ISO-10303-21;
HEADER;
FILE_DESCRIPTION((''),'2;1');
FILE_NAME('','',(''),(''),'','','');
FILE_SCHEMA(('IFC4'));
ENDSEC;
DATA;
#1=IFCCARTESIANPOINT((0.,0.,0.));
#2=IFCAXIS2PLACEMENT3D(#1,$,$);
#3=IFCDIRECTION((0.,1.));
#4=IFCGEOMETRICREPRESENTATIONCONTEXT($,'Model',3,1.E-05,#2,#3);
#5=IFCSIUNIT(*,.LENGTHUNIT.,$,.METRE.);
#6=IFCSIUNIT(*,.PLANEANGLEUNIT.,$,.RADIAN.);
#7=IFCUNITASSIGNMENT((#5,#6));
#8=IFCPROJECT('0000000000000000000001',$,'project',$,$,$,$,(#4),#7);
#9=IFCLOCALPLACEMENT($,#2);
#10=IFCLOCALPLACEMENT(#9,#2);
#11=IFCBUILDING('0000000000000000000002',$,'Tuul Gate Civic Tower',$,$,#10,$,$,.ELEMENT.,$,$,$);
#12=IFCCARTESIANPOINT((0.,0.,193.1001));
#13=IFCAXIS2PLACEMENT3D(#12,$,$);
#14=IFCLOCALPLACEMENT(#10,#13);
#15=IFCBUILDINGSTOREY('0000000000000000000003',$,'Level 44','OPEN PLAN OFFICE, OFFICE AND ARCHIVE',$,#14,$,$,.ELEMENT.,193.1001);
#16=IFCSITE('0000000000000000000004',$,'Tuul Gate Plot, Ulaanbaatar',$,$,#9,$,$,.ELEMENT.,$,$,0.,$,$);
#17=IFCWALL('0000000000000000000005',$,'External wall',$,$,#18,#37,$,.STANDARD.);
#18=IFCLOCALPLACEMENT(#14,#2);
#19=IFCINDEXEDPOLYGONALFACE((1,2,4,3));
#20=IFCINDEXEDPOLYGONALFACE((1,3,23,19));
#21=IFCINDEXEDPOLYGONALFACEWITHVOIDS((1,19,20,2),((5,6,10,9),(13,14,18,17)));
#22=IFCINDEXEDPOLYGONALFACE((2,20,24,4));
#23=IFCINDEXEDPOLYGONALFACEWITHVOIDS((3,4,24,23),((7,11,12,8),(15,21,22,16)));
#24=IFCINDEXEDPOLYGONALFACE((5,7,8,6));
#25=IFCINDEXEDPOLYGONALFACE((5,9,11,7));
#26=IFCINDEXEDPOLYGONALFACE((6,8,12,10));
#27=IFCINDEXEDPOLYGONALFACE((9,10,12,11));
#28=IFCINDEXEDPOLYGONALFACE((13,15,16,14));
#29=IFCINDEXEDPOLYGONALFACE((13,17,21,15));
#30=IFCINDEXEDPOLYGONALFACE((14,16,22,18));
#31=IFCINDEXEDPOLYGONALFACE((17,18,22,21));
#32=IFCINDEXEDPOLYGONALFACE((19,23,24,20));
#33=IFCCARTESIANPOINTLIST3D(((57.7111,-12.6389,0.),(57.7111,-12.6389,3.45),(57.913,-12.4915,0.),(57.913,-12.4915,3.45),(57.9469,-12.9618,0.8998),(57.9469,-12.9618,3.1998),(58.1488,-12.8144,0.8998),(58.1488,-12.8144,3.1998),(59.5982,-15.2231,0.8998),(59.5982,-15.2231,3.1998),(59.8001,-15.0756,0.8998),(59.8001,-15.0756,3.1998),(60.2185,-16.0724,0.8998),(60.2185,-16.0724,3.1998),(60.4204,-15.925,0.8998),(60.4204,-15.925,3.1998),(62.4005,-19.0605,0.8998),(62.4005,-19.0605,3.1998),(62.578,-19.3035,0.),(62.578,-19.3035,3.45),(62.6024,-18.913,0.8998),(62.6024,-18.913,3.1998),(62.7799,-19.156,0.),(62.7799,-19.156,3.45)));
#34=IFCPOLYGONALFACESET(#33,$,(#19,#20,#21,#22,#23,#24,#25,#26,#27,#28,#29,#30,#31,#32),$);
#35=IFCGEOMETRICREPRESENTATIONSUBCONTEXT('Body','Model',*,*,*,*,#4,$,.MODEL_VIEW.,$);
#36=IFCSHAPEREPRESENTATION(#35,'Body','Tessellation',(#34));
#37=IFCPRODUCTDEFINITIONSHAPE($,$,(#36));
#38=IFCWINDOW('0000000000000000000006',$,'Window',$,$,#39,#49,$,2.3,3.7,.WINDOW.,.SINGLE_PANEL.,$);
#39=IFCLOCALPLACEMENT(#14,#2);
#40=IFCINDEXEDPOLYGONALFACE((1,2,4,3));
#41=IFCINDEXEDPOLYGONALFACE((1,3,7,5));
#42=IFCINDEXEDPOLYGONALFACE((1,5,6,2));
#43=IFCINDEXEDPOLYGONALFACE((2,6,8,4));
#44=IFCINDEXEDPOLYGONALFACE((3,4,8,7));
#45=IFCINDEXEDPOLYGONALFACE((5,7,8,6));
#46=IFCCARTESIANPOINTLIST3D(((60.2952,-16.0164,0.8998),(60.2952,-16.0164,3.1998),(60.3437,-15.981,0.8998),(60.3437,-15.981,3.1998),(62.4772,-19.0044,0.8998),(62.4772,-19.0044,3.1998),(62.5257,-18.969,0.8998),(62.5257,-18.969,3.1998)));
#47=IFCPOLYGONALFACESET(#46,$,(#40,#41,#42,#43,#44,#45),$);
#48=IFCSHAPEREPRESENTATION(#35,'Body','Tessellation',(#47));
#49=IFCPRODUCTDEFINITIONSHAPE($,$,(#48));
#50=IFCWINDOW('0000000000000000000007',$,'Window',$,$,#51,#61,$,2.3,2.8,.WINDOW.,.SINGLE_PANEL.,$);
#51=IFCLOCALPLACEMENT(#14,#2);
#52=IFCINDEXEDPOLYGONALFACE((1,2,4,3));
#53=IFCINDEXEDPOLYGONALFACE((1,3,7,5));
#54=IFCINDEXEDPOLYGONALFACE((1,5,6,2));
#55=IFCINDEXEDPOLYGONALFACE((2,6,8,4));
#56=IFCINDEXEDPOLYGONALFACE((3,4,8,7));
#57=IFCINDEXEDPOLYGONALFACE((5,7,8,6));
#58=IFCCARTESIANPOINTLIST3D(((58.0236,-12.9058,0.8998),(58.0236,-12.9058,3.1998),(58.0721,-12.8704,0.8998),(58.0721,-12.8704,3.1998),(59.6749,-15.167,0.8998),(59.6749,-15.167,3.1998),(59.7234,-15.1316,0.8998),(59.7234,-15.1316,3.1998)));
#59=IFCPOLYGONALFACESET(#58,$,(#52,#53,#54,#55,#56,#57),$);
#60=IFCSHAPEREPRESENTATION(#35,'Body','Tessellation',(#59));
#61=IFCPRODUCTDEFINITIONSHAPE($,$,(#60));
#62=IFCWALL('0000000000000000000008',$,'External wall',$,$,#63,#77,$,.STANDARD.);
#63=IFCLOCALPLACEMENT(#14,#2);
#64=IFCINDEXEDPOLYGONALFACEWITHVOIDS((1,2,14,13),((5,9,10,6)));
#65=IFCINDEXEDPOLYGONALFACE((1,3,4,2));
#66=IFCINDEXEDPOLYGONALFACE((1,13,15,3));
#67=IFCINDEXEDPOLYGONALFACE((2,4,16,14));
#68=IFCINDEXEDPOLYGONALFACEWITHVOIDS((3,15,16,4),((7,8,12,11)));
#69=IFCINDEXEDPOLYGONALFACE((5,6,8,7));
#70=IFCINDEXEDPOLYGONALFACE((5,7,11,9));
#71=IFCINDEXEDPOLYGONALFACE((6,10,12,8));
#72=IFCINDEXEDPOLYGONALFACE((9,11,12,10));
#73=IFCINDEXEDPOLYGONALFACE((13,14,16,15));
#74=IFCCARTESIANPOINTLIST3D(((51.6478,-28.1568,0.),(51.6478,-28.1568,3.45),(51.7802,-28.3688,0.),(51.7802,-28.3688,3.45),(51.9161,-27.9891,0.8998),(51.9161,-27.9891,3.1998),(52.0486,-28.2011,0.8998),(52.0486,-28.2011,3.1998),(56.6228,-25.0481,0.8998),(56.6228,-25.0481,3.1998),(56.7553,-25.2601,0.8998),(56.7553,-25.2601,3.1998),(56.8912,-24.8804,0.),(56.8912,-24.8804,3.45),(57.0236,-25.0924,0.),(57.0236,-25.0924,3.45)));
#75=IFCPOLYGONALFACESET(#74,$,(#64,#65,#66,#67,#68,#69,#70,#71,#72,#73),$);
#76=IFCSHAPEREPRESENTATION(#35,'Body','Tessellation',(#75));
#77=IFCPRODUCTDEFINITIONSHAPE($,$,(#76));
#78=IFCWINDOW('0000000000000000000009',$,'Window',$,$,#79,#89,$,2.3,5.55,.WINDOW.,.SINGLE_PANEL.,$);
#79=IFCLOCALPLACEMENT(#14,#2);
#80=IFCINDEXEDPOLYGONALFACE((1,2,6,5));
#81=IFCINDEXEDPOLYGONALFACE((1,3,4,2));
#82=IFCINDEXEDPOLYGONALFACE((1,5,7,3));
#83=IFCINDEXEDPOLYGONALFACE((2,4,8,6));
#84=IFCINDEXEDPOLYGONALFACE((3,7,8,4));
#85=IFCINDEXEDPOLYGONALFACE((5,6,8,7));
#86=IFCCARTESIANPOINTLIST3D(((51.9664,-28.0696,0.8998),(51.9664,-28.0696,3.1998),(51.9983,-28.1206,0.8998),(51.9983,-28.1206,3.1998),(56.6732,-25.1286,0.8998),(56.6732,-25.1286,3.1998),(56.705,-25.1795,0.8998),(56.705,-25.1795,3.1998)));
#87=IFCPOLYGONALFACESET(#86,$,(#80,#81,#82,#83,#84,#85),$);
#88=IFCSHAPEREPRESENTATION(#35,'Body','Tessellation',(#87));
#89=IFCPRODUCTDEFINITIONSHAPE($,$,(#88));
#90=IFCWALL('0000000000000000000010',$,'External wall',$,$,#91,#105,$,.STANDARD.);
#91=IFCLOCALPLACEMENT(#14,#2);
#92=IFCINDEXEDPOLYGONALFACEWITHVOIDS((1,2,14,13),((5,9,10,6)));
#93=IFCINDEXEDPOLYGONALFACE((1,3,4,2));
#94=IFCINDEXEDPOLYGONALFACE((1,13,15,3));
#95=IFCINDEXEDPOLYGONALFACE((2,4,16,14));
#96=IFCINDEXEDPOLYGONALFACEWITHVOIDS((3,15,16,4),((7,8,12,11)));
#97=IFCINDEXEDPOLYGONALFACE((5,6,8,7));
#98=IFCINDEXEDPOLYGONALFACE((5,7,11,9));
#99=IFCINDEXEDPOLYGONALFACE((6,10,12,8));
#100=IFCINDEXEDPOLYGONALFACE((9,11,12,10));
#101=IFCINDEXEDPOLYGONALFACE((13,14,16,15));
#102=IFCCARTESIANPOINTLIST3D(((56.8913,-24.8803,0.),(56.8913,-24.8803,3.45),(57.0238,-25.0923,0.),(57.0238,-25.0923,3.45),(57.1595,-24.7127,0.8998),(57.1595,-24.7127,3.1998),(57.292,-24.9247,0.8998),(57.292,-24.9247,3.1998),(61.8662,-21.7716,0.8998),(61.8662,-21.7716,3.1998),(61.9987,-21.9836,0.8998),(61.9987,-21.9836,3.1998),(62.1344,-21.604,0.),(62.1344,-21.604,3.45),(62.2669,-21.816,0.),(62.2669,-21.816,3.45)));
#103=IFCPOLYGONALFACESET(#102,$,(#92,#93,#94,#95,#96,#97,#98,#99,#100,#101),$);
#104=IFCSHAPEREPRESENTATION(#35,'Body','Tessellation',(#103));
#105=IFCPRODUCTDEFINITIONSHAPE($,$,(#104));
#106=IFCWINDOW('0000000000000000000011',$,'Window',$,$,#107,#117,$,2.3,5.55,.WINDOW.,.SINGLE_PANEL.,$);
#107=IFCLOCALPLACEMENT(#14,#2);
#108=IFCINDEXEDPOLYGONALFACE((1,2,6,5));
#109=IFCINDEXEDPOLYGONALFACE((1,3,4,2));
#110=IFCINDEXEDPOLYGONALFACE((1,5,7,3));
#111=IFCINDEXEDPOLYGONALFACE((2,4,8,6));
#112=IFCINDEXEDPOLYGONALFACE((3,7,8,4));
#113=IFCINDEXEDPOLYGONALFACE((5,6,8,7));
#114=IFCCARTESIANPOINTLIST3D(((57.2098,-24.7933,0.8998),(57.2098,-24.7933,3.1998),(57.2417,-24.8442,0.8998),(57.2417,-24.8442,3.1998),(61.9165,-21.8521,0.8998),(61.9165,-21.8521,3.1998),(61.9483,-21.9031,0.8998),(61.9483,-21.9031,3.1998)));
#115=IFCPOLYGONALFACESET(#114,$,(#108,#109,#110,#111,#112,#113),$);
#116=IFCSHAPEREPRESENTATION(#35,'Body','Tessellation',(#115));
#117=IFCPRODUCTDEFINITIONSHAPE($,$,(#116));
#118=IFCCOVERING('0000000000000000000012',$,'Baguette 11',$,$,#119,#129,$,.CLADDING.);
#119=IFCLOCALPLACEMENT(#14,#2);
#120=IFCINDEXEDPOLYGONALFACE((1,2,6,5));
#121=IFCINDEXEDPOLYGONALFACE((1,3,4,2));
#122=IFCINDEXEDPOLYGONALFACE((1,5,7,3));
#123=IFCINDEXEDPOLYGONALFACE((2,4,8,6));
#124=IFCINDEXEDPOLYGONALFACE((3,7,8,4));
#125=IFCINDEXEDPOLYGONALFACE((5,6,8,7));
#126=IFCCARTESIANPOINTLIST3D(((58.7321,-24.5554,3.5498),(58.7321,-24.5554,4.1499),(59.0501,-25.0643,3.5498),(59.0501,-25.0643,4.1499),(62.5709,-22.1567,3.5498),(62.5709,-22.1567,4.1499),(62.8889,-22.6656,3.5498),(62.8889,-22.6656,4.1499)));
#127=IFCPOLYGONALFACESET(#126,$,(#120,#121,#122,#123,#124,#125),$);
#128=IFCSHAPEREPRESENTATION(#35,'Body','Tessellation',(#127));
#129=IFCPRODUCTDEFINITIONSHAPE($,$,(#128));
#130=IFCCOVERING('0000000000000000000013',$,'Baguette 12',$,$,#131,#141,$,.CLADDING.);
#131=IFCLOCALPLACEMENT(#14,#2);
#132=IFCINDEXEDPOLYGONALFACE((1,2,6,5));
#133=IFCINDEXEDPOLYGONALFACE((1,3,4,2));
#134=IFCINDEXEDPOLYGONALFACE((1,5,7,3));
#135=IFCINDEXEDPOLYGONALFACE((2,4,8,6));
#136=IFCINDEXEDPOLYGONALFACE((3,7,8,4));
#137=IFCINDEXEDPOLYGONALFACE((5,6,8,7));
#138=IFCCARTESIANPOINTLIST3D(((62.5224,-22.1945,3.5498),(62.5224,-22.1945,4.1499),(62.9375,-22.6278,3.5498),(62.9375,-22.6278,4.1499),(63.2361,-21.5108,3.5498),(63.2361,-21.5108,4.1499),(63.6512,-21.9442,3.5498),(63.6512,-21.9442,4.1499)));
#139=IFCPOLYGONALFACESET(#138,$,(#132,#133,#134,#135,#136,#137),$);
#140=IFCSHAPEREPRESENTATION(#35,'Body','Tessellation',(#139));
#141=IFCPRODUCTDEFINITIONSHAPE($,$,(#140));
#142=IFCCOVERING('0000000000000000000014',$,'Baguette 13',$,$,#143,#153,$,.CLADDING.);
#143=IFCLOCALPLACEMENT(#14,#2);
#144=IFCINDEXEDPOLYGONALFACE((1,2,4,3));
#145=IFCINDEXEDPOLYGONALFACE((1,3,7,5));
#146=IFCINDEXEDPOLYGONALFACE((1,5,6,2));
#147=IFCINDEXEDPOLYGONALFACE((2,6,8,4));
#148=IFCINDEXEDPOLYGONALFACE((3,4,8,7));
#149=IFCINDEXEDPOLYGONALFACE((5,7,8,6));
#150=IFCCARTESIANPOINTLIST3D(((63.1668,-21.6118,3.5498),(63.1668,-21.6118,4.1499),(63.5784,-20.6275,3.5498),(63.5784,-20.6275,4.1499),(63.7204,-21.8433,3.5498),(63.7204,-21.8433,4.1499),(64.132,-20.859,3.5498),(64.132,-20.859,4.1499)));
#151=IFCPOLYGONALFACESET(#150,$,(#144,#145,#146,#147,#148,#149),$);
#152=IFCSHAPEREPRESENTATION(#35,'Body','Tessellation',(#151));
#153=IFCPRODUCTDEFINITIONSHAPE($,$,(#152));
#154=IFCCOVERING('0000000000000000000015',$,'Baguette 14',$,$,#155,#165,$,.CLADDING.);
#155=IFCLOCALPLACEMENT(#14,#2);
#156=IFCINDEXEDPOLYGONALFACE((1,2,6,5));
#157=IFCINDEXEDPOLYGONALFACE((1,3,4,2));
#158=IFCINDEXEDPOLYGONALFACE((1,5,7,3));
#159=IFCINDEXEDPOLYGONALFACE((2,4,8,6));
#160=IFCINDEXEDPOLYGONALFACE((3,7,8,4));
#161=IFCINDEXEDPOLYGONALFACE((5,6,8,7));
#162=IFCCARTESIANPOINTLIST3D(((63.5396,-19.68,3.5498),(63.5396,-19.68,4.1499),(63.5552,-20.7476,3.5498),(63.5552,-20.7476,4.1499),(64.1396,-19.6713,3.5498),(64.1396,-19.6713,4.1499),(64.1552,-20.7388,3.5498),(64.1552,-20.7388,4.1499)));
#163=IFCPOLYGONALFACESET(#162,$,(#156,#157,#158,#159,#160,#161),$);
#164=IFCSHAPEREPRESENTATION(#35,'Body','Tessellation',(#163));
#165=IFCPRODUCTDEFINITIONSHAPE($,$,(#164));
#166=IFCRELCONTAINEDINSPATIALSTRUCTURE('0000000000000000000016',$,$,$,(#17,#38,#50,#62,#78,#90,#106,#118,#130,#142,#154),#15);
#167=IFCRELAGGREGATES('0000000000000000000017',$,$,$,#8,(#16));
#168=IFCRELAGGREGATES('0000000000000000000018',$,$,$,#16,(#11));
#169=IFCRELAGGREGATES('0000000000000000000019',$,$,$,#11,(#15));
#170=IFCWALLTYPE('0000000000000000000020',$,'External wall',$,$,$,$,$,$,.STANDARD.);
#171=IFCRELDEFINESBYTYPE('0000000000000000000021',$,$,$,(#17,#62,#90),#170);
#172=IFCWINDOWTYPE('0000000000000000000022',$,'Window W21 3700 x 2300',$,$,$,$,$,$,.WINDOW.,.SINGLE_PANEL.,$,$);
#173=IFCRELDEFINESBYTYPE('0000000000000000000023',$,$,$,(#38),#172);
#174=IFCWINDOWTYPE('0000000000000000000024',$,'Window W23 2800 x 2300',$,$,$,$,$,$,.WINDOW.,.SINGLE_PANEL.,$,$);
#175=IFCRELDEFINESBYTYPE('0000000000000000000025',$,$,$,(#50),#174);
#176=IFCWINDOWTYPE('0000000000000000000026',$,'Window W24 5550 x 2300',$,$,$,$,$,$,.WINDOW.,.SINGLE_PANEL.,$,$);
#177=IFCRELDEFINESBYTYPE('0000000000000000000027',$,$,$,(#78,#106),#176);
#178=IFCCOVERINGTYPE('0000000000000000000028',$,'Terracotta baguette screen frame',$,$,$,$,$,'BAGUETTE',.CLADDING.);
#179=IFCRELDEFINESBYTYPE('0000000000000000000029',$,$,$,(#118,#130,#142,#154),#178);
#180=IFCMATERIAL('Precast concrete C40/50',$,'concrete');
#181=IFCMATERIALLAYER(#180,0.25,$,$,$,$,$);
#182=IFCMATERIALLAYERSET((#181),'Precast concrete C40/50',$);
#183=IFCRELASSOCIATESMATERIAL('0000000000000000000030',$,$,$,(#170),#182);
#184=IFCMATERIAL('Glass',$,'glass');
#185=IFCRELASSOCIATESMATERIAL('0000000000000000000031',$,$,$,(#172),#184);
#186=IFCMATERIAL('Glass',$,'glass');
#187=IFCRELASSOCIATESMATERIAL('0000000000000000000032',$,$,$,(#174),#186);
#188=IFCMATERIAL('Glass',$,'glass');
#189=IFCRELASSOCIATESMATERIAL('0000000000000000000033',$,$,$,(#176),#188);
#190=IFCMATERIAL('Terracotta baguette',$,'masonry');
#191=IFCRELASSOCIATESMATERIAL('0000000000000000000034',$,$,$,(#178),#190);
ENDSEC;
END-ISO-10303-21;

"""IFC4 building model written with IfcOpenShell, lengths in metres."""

from ifc_helpers import new_model, si_unit, direction, frame, frame_2d, origin, origin_2d, place, context, subcontext, project, spatial, rectangle, extrude, material, layer, layer_set, material_profile, profile_set, type_object, element, fill, save


model = new_model("IFC4")

# Units and contexts
model_context = context("Model", 3, precision=1e-05, world=origin(), true_north=direction((0.0, 1.0)))
body_context = subcontext(model_context, "Body", "Model", "MODEL_VIEW")
ifc_project = project(units=[si_unit("LENGTHUNIT", "METRE"), si_unit("PLANEANGLEUNIT", "RADIAN")], contexts=[model_context])

# Site, building, storey
site_placement = place(None, origin())
site = spatial("IfcSite", under=ifc_project, at=site_placement, Name="Tuul Gate Plot, Ulaanbaatar", CompositionType="ELEMENT", RefElevation=0.0)
building_placement = place(site_placement, origin())
building = spatial("IfcBuilding", under=site, at=building_placement, Name="Tuul Gate Civic Tower", CompositionType="ELEMENT")
storey_placement = place(building_placement, frame((0.0, 0.0, 193.1001)))
storey = spatial("IfcBuildingStorey", under=building, at=storey_placement, Name="Level 44", Description="OPEN PLAN OFFICE, OFFICE AND ARCHIVE", CompositionType="ELEMENT", Elevation=193.1001)

# Shared definitions
ifc_material_1 = material(Name="Precast concrete C40/50", Category="concrete")
ifc_layer = layer(ifc_material_1, 0.25)
ifc_layer_set = layer_set([ifc_layer], Name="Precast concrete C40/50")
wall_type = type_object("IfcWallType", Name="External wall", PredefinedType="STANDARD", material=ifc_layer_set)

# Wall, openings, windows
wall_1_placement = place(storey_placement, frame((62.679, -19.2297, 0.0), z_axis=(0.0, 0.0, 1.0), x_axis=(-0.589755, 0.807582, 0.0)))
wall_1 = element("IfcWall", 1, at=wall_1_placement, inside=storey, type_object=wall_type, Name="External wall", PredefinedType="STANDARD", context=body_context, shape_type="SweptSolid", body=[
    extrude(rectangle(XDim=8.2524, YDim=0.25, at=frame_2d((4.1262, 0.0))), origin(), (0.0, 0.0, 1.0), 3.45),
])
opening_1_placement = place(wall_1_placement, frame((0.3008, 0.0, 0.8999)))
opening_1 = element("IfcOpeningElement", 2, at=opening_1_placement, cuts=wall_1, PredefinedType="OPENING", context=body_context, shape_type="SweptSolid", body=[
    extrude(rectangle(XDim=3.7, YDim=2.3, at=frame_2d((1.8501, 1.1499))), frame((0.0, 0.135, 0.0), z_axis=(0.0, -1.0, 0.0), x_axis=(1.0, 0.0, 0.0)), (0.0, 0.0, 1.0), 0.27),
])
opening_2_placement = place(wall_1_placement, frame((5.0527, 0.0, 0.8999)))
opening_2 = element("IfcOpeningElement", 3, at=opening_2_placement, cuts=wall_1, PredefinedType="OPENING", context=body_context, shape_type="SweptSolid", body=[
    extrude(rectangle(XDim=2.8, YDim=2.3, at=frame_2d((1.3999, 1.1499))), frame((0.0, 0.135, 0.0), z_axis=(0.0, -1.0, 0.0), x_axis=(1.0, 0.0, 0.0)), (0.0, 0.0, 1.0), 0.27),
])
ifc_material_2 = material(Name="Glass", Category="glass")
window_type_1 = type_object("IfcWindowType", Name="Window W21 3700 x 2300", PartitioningType="SINGLE_PANEL", PredefinedType="WINDOW", material=ifc_material_2)
window_1_placement = place(opening_1_placement, origin())
window_1 = element("IfcWindow", 4, at=window_1_placement, inside=storey, type_object=window_type_1, Name="Window", OverallHeight=2.3, OverallWidth=3.7, PartitioningType="SINGLE_PANEL", PredefinedType="WINDOW", context=body_context, shape_type="SweptSolid", body=[
    extrude(rectangle(XDim=3.7, YDim=2.3, at=frame_2d((1.8501, 1.1499))), frame((0.0, 0.03, 0.0), z_axis=(0.0, -1.0, 0.0), x_axis=(1.0, 0.0, 0.0)), (0.0, 0.0, 1.0), 0.0601),
])
fill(opening_1, window_1)
ifc_material_3 = material(Name="Glass", Category="glass")
window_type_2 = type_object("IfcWindowType", Name="Window W23 2800 x 2300", PartitioningType="SINGLE_PANEL", PredefinedType="WINDOW", material=ifc_material_3)
window_2_placement = place(opening_2_placement, origin())
window_2 = element("IfcWindow", 5, at=window_2_placement, inside=storey, type_object=window_type_2, Name="Window", OverallHeight=2.3, OverallWidth=2.8, PartitioningType="SINGLE_PANEL", PredefinedType="WINDOW", context=body_context, shape_type="SweptSolid", body=[
    extrude(rectangle(XDim=2.8, YDim=2.3, at=frame_2d((1.3999, 1.1499))), frame((0.0, 0.03, 0.0), z_axis=(0.0, -1.0, 0.0), x_axis=(1.0, 0.0, 0.0)), (0.0, 0.0, 1.0), 0.0601),
])
fill(opening_2, window_2)

# Walls, openings, windows
wall_2_placement = place(storey_placement, frame((51.7141, -28.2627, 0.0), z_axis=(0.0, 0.0, 1.0), x_axis=(0.848054, 0.52991, 0.0)))
wall_2 = element("IfcWall", 6, at=wall_2_placement, inside=storey, type_object=wall_type, Name="External wall", PredefinedType="STANDARD", context=body_context, shape_type="SweptSolid", body=[
    extrude(rectangle(XDim=6.1829, YDim=0.25, at=frame_2d((3.0913, 0.0))), origin(), (0.0, 0.0, 1.0), 3.45),
])
opening_3_placement = place(wall_2_placement, frame((0.3164, 0.0, 0.8999)))
opening_3 = element("IfcOpeningElement", 7, at=opening_3_placement, cuts=wall_2, PredefinedType="OPENING", context=body_context, shape_type="SweptSolid", body=[
    extrude(rectangle(XDim=5.55, YDim=2.3, at=frame_2d((2.7749, 1.1499))), frame((0.0, 0.135, 0.0), z_axis=(0.0, -1.0, 0.0), x_axis=(1.0, 0.0, 0.0)), (0.0, 0.0, 1.0), 0.27),
])
ifc_material_4 = material(Name="Glass", Category="glass")
window_type_3 = type_object("IfcWindowType", Name="Window W24 5550 x 2300", PartitioningType="SINGLE_PANEL", PredefinedType="WINDOW", material=ifc_material_4)
window_3_placement = place(opening_3_placement, origin())
window_3 = element("IfcWindow", 8, at=window_3_placement, inside=storey, type_object=window_type_3, Name="Window", OverallHeight=2.3, OverallWidth=5.55, PartitioningType="SINGLE_PANEL", PredefinedType="WINDOW", context=body_context, shape_type="SweptSolid", body=[
    extrude(rectangle(XDim=5.55, YDim=2.3, at=frame_2d((2.7749, 1.1499))), frame((0.0, 0.03, 0.0), z_axis=(0.0, -1.0, 0.0), x_axis=(1.0, 0.0, 0.0)), (0.0, 0.0, 1.0), 0.0601),
])
fill(opening_3, window_3)
wall_3_placement = place(storey_placement, frame((56.9575, -24.9863, 0.0), z_axis=(0.0, 0.0, 1.0), x_axis=(0.848043, 0.529928, 0.0)))
wall_3 = element("IfcWall", 9, at=wall_3_placement, inside=storey, type_object=wall_type, Name="External wall", PredefinedType="STANDARD", context=body_context, shape_type="SweptSolid", body=[
    extrude(rectangle(XDim=6.1826, YDim=0.25, at=frame_2d((3.0913, 0.0))), origin(), (0.0, 0.0, 1.0), 3.45),
])
opening_4_placement = place(wall_3_placement, frame((0.3164, 0.0, 0.8999)))
opening_4 = element("IfcOpeningElement", 10, at=opening_4_placement, cuts=wall_3, PredefinedType="OPENING", context=body_context, shape_type="SweptSolid", body=[
    extrude(rectangle(XDim=5.55, YDim=2.3, at=frame_2d((2.7749, 1.1499))), frame((0.0, 0.135, 0.0), z_axis=(0.0, -1.0, 0.0), x_axis=(1.0, 0.0, 0.0)), (0.0, 0.0, 1.0), 0.27),
])
window_4_placement = place(opening_4_placement, origin())
window_4 = element("IfcWindow", 11, at=window_4_placement, inside=storey, type_object=window_type_3, Name="Window", OverallHeight=2.3, OverallWidth=5.55, PartitioningType="SINGLE_PANEL", PredefinedType="WINDOW", context=body_context, shape_type="SweptSolid", body=[
    extrude(rectangle(XDim=5.55, YDim=2.3, at=frame_2d((2.7749, 1.1499))), frame((0.0, 0.03, 0.0), z_axis=(0.0, -1.0, 0.0), x_axis=(1.0, 0.0, 0.0)), (0.0, 0.0, 1.0), 0.0601),
])
fill(opening_4, window_4)

# Coverings
ifc_material_5 = material(Name="Terracotta baguette", Category="masonry")
ifc_material_profile_1 = material_profile(ifc_material_5, rectangle(XDim=0.6001, YDim=0.6001, at=origin_2d()), Name="Terracotta baguette screen frame")
ifc_profile_set_1 = profile_set([ifc_material_profile_1], Name="Terracotta baguette")
covering_type = type_object("IfcCoveringType", Name="Terracotta baguette screen frame", ElementType="BAGUETTE", PredefinedType="CLADDING", material=ifc_profile_set_1)
covering_1_placement = place(storey_placement, frame((58.8911, -24.8098, 3.8499), z_axis=(0.848059, 0.529902, 0.0), x_axis=(-0.529902, 0.848059, 0.0)))
element("IfcCovering", 12, at=covering_1_placement, inside=storey, type_object=covering_type, Name="Baguette 11", PredefinedType="CLADDING", context=body_context, shape_type="SweptSolid", body=[
    extrude(rectangle(XDim=0.6001, YDim=0.6001, at=origin_2d()), origin(), (0.0, 0.0, 1.0), 4.5266),
])
covering_2_placement = place(storey_placement, frame((62.73, -22.4111, 3.8499), z_axis=(0.722137, 0.69175, 0.0), x_axis=(-0.69175, 0.722137, 0.0)))
element("IfcCovering", 13, at=covering_2_placement, inside=storey, type_object=covering_type, Name="Baguette 12", PredefinedType="CLADDING", context=body_context, shape_type="SweptSolid", body=[
    extrude(rectangle(XDim=0.6001, YDim=0.6001, at=origin_2d()), origin(), (0.0, 0.0, 1.0), 0.9883),
])
covering_3_placement = place(storey_placement, frame((63.4436, -21.7275, 3.8499), z_axis=(0.385785, 0.922589, 0.0), x_axis=(-0.922589, 0.385785, 0.0)))
element("IfcCovering", 14, at=covering_3_placement, inside=storey, type_object=covering_type, Name="Baguette 13", PredefinedType="CLADDING", context=body_context, shape_type="SweptSolid", body=[
    extrude(rectangle(XDim=0.6001, YDim=0.6001, at=origin_2d()), origin(), (0.0, 0.0, 1.0), 1.0669),
])
covering_4_placement = place(storey_placement, frame((63.8552, -20.7432, 3.8499), z_axis=(-0.014634, 0.999893, 0.0), x_axis=(-0.999893, -0.014634, 0.0)))
element("IfcCovering", 15, at=covering_4_placement, inside=storey, type_object=covering_type, Name="Baguette 14", PredefinedType="CLADDING", context=body_context, shape_type="SweptSolid", body=[
    extrude(rectangle(XDim=0.6001, YDim=0.6001, at=origin_2d()), origin(), (0.0, 0.0, 1.0), 1.0676),
])

save(model, "model.ifc")
